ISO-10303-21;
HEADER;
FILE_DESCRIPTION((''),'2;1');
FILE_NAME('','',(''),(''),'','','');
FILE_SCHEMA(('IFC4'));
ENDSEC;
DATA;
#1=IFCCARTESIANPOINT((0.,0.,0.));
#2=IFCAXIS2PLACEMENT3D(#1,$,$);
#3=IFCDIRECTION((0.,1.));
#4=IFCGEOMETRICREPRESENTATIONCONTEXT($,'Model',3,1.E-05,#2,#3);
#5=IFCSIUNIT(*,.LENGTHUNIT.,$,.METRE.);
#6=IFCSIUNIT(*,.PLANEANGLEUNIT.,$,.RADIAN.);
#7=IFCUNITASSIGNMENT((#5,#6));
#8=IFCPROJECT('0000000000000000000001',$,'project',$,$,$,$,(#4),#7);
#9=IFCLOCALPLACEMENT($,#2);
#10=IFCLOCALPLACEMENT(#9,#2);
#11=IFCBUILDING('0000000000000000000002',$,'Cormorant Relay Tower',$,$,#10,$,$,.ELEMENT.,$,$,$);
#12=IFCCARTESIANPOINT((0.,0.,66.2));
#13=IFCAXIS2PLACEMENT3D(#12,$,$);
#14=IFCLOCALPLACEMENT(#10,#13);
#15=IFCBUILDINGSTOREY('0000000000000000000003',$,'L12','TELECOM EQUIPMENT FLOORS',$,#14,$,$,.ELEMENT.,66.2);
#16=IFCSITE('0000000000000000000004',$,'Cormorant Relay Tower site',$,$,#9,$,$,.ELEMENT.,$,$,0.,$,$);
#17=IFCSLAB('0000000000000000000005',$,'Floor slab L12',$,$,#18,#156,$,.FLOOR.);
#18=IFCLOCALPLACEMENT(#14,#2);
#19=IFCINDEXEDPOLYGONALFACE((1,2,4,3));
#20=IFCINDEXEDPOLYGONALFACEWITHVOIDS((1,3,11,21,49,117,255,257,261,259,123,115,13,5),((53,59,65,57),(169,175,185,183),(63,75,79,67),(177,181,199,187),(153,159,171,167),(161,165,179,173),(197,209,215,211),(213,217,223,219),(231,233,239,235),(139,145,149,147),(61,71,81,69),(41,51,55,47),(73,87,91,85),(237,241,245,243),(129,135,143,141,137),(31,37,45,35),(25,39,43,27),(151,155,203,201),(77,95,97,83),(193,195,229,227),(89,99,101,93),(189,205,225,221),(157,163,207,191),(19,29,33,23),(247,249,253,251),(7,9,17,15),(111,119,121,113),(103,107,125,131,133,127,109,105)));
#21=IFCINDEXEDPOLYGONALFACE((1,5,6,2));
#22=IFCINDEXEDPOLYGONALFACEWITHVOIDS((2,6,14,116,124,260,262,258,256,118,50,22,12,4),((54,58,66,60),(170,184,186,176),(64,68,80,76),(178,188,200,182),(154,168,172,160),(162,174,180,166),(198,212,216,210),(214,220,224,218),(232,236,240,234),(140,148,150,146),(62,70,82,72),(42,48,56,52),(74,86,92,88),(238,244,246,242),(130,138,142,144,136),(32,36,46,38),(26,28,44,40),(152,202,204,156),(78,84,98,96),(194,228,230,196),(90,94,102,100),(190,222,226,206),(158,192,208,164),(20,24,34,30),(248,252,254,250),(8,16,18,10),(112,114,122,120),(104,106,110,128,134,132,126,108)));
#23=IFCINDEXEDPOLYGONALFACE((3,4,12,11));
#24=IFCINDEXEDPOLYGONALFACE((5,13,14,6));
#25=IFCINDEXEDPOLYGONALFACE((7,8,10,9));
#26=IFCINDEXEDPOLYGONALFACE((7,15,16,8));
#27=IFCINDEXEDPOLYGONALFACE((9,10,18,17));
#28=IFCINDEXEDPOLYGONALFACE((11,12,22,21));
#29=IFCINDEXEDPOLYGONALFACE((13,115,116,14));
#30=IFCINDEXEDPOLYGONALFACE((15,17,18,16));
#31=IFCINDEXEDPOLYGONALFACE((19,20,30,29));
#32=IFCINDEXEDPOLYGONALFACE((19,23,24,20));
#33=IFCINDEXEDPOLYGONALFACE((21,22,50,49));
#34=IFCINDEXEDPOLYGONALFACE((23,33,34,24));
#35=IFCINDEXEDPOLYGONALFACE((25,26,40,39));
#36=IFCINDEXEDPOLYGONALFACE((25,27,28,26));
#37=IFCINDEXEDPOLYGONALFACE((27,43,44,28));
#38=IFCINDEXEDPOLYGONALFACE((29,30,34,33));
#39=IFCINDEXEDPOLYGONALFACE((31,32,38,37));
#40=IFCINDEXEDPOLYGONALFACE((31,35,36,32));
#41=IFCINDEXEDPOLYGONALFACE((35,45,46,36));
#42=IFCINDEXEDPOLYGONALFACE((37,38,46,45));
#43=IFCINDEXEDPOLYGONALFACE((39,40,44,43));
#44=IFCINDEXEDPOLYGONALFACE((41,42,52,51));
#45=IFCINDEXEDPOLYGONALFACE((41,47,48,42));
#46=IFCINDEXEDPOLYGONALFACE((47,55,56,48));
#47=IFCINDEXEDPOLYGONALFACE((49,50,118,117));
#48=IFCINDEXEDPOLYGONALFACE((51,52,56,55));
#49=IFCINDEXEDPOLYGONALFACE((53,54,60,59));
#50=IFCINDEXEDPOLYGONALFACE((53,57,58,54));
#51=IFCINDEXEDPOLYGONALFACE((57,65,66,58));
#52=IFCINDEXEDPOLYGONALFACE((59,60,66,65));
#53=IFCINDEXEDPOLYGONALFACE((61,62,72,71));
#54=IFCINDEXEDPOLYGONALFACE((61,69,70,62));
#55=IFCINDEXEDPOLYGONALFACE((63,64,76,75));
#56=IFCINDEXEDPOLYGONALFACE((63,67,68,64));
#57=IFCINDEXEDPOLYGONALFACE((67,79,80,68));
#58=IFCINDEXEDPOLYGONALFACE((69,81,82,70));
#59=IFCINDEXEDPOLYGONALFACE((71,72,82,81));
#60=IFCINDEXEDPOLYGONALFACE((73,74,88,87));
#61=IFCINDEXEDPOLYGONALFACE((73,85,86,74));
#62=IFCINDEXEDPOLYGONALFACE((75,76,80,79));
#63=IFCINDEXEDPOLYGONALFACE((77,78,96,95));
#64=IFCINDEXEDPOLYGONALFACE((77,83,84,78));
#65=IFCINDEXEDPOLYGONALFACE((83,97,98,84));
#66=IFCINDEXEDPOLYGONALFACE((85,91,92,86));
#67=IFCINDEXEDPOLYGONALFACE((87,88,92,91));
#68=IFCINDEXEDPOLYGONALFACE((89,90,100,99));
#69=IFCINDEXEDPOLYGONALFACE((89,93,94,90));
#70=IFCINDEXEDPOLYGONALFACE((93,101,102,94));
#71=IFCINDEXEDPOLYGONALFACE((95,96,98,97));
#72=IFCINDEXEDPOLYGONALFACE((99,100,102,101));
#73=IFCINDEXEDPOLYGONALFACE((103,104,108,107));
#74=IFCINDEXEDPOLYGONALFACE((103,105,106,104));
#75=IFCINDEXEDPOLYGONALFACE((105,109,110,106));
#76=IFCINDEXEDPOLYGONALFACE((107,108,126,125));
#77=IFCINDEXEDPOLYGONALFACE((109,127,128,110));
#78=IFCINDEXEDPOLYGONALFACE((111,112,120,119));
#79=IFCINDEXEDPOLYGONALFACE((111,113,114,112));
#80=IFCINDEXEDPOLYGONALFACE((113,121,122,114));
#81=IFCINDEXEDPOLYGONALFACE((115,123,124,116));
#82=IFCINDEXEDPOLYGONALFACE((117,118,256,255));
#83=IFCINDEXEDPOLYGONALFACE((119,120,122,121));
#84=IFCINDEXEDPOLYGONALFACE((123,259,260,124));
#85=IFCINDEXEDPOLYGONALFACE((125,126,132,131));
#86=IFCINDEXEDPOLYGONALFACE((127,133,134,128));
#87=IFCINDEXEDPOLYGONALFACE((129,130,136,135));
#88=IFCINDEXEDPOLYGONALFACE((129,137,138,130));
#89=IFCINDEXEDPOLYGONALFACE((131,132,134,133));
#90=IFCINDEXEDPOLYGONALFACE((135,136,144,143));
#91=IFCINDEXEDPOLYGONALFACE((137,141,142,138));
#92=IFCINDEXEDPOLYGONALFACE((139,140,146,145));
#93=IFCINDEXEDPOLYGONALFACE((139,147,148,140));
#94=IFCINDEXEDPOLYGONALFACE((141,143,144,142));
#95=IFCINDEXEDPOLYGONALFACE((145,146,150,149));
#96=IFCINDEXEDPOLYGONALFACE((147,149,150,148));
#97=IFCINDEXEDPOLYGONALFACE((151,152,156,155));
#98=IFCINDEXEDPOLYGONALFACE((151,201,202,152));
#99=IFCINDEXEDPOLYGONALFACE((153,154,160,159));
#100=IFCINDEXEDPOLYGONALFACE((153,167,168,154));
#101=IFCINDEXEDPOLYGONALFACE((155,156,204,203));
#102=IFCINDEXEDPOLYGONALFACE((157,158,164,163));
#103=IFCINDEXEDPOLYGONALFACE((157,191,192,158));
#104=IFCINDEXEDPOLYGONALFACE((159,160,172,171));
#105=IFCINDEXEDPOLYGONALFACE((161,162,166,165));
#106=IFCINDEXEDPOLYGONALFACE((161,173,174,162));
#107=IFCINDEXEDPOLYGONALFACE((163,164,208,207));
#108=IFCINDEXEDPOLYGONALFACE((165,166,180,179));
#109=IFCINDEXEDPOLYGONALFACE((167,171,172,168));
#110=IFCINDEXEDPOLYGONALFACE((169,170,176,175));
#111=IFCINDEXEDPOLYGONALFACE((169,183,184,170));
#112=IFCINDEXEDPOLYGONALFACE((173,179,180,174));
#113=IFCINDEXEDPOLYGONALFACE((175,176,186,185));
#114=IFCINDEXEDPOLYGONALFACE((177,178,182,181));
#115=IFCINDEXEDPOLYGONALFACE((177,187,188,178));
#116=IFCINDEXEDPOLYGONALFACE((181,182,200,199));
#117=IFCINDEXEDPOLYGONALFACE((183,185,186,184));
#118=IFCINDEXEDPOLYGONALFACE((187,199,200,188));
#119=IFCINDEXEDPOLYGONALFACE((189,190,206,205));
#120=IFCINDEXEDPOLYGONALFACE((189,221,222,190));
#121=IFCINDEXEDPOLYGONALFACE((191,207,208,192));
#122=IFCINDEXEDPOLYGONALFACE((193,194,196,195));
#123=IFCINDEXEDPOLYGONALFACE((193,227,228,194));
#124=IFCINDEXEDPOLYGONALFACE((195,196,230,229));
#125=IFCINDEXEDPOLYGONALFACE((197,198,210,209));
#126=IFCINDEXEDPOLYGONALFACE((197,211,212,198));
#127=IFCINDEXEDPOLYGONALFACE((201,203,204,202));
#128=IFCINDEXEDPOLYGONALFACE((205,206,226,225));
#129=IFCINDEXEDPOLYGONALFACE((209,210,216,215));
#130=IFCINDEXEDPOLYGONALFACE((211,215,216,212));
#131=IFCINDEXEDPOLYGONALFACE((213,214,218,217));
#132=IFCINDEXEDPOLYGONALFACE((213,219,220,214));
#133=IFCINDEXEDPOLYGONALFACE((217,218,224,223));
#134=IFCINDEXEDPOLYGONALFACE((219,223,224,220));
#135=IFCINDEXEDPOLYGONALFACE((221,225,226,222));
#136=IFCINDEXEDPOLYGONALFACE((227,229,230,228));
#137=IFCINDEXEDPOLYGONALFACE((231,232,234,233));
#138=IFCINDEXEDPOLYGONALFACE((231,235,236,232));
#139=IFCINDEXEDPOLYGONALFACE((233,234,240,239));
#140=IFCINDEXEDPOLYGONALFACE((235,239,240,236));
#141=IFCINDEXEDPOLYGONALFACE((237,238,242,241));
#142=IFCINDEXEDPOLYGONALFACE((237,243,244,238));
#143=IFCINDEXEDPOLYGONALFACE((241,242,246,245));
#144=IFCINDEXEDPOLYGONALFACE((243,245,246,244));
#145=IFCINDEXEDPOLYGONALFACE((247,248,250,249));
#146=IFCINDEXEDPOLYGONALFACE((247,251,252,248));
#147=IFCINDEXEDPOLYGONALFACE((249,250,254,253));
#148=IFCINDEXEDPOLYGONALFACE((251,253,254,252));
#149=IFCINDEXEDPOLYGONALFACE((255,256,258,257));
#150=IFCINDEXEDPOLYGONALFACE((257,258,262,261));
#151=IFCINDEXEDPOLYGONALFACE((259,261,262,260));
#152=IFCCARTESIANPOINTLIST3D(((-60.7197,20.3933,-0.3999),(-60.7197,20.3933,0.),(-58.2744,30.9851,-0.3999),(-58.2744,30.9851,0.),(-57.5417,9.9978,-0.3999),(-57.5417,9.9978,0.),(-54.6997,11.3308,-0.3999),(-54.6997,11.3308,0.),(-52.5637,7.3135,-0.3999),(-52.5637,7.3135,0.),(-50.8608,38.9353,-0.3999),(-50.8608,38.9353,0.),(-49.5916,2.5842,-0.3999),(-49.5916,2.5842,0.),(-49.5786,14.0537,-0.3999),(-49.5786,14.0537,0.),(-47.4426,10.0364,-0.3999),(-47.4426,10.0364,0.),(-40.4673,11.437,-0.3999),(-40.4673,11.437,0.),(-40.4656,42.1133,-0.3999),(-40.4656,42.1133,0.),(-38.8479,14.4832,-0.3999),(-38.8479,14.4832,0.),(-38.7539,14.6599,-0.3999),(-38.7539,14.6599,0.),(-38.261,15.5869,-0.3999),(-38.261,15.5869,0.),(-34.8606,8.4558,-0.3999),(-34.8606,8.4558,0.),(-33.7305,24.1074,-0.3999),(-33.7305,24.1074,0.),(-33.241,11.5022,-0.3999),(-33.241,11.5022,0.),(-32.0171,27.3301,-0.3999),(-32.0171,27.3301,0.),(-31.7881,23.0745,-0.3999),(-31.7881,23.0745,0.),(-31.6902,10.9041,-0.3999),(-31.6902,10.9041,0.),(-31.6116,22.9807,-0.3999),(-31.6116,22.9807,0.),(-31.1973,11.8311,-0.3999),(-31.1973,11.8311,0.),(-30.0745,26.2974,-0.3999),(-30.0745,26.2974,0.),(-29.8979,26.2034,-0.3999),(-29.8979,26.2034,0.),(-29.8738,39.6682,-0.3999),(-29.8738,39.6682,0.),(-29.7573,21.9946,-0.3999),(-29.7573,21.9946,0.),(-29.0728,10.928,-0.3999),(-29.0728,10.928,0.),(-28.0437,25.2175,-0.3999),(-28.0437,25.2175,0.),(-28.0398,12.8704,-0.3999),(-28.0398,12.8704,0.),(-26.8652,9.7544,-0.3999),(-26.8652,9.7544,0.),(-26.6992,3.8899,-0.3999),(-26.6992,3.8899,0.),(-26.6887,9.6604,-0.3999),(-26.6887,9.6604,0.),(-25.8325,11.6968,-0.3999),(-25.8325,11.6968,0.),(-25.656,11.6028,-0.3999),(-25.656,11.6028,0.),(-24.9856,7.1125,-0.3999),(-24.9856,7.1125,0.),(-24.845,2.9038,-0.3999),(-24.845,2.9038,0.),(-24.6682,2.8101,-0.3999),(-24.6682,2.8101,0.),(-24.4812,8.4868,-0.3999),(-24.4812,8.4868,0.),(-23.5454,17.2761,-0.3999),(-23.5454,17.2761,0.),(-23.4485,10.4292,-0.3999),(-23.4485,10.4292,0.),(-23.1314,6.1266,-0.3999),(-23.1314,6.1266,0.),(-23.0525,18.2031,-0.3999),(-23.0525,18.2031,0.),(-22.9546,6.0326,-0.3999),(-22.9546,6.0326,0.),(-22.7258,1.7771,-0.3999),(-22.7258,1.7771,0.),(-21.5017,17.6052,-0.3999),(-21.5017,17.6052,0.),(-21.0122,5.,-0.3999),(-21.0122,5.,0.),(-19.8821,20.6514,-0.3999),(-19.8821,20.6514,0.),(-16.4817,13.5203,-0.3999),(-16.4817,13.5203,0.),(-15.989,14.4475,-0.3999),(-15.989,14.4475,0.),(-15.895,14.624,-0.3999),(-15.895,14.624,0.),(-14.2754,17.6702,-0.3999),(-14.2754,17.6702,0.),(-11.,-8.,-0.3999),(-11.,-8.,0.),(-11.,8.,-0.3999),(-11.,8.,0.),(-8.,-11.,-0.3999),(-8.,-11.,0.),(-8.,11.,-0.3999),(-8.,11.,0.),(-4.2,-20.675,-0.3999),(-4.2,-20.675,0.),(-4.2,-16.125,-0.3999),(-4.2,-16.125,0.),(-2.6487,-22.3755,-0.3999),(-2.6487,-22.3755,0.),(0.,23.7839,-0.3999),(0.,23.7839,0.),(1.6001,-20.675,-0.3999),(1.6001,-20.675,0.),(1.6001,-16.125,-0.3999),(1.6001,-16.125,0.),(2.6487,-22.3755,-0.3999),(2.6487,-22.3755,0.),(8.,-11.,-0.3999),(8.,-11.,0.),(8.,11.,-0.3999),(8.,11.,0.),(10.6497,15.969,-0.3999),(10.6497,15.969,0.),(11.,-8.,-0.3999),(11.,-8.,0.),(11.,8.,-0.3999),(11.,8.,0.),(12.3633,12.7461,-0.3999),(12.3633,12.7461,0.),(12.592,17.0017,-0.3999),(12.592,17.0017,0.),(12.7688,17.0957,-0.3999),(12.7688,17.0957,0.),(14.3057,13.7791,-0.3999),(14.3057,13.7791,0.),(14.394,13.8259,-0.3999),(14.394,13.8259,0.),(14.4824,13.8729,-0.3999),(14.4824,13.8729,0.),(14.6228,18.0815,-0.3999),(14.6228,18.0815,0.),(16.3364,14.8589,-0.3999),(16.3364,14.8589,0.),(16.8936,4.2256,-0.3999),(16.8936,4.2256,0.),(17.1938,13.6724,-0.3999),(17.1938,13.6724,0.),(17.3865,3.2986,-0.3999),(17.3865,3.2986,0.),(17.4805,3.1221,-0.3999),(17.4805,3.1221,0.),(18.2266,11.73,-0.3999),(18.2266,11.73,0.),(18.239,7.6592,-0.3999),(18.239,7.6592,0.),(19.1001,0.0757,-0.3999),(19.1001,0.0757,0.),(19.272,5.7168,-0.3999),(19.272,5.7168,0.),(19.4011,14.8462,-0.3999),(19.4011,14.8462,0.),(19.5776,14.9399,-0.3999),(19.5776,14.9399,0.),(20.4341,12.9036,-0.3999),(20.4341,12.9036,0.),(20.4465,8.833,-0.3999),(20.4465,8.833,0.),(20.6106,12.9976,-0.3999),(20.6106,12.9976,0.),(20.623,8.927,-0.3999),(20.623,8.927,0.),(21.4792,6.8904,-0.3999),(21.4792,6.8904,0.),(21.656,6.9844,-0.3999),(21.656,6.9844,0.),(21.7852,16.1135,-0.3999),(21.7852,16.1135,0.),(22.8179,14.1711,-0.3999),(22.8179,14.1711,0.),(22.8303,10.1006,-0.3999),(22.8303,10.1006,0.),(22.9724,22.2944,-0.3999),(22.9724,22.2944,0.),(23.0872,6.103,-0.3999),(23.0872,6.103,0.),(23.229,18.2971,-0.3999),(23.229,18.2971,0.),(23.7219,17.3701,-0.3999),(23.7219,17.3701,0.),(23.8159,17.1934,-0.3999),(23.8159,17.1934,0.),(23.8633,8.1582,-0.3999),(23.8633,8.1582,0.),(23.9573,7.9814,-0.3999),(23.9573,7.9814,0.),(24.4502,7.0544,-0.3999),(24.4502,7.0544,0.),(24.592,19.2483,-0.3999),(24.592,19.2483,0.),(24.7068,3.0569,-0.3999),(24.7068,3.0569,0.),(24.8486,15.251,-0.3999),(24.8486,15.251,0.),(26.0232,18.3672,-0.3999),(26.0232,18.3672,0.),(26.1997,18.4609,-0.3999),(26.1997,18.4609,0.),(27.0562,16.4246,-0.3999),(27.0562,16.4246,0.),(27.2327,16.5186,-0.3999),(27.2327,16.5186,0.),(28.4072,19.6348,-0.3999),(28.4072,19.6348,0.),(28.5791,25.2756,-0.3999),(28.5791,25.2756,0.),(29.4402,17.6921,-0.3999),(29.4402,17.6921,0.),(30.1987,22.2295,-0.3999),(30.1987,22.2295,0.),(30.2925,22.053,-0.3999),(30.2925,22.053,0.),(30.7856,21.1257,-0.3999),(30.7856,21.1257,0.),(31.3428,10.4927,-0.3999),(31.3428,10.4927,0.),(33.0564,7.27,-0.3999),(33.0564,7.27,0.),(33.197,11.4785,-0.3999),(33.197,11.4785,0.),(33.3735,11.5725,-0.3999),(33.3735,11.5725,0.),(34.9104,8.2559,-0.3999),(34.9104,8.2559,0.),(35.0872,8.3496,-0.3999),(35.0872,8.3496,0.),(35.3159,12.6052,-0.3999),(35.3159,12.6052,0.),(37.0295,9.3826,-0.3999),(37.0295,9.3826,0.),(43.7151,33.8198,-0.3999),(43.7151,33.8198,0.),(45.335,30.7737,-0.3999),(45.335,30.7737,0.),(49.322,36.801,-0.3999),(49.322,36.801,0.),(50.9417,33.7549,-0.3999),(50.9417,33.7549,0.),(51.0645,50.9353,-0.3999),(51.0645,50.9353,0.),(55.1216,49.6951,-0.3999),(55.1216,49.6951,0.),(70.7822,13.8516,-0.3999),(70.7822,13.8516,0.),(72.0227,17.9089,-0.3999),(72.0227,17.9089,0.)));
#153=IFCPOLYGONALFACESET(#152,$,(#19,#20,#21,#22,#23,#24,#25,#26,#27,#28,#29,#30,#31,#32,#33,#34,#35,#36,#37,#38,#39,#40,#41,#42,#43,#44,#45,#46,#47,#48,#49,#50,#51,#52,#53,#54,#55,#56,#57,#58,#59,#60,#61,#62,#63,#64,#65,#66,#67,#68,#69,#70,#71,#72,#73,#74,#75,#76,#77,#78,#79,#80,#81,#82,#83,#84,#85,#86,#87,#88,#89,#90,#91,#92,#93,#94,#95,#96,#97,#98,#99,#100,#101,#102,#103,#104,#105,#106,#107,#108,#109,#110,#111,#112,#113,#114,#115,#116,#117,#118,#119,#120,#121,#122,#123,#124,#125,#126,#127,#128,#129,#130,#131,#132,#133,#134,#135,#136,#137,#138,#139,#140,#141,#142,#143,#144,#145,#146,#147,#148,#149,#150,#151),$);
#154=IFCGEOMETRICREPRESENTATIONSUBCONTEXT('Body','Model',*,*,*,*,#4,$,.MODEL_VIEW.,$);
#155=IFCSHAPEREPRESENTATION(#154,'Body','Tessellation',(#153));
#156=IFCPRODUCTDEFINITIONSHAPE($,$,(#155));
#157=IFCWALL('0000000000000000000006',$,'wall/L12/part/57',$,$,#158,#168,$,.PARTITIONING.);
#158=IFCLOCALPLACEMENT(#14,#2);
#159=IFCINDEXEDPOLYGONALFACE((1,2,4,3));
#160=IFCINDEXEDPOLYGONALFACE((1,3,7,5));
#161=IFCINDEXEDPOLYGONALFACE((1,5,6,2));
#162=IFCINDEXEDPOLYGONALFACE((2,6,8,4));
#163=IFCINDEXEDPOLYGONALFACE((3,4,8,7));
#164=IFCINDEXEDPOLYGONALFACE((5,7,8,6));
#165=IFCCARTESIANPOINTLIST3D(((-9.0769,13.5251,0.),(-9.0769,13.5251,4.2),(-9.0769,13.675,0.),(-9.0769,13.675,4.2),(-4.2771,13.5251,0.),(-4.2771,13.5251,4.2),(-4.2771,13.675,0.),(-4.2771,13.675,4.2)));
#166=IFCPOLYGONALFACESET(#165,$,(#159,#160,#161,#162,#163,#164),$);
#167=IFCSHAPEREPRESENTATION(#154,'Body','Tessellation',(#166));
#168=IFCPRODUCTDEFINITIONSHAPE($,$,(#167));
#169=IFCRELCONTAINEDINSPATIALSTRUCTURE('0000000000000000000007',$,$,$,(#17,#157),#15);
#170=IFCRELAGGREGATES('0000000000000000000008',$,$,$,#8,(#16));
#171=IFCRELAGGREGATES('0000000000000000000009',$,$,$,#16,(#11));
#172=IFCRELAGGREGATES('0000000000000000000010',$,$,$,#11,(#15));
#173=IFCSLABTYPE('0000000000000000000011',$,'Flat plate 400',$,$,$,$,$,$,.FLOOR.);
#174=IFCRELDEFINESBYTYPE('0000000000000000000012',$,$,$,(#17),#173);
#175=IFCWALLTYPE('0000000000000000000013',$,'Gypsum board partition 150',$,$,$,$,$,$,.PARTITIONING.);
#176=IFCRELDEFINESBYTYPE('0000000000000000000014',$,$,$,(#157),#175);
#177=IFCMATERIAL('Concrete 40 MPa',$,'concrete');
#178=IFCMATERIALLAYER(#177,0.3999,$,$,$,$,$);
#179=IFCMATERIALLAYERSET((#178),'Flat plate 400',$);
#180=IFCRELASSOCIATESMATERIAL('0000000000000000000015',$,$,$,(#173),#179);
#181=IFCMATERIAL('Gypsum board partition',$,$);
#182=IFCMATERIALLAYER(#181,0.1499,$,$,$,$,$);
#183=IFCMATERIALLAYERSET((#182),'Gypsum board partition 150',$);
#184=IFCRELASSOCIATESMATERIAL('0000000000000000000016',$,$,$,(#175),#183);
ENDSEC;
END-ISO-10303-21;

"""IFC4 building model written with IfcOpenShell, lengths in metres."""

from ifc_helpers import new_model, si_unit, direction, frame, frame_2d, origin, place, context, subcontext, project, spatial, polyline, rectangle, outline, extrude, material, layer, layer_set, type_object, element, save


model = new_model("IFC4")

# Units and contexts
model_context = context("Model", 3, precision=1e-05, world=origin(), true_north=direction((0.0, 1.0)))
body_context = subcontext(model_context, "Body", "Model", "MODEL_VIEW")
ifc_project = project(units=[si_unit("LENGTHUNIT", "METRE"), si_unit("PLANEANGLEUNIT", "RADIAN")], contexts=[model_context])

# Site, building, storey
site_placement = place(None, origin())
site = spatial("IfcSite", under=ifc_project, at=site_placement, Name="Cormorant Relay Tower site", CompositionType="ELEMENT", RefElevation=0.0)
building_placement = place(site_placement, origin())
building = spatial("IfcBuilding", under=site, at=building_placement, Name="Cormorant Relay Tower", CompositionType="ELEMENT")
storey_placement = place(building_placement, frame((0.0, 0.0, 66.2)))
storey = spatial("IfcBuildingStorey", under=building, at=storey_placement, Name="L12", Description="TELECOM EQUIPMENT FLOORS", CompositionType="ELEMENT", Elevation=66.2)

# Slab
ifc_material_1 = material(Name="Concrete 40 MPa", Category="concrete")
ifc_layer_1 = layer(ifc_material_1, 0.3999)
ifc_layer_set_1 = layer_set([ifc_layer_1], Name="Flat plate 400")
slab_type_1 = type_object("IfcSlabType", Name="Flat plate 400", PredefinedType="FLOOR", material=ifc_layer_set_1)
slab_1_placement = place(storey_placement, frame((0.0, 0.0, -0.3999)))
element("IfcSlab", 1, at=slab_1_placement, inside=storey, type_object=slab_type_1, Name="Floor slab L12", PredefinedType="FLOOR", context=body_context, shape_type="SweptSolid", body=[
    extrude(outline(polyline([(-60.7197, 20.3933), (-58.2744, 30.9851), (-50.8608, 38.9353), (-40.4656, 42.1133), (-29.8738, 39.6682), (0.0, 23.7839), (51.0645, 50.9353), (55.1216, 49.6951), (72.0227, 17.9089), (70.7822, 13.8516), (2.6487, -22.3755), (-2.6487, -22.3755), (-49.5916, 2.5842), (-57.5417, 9.9978), (-60.7197, 20.3933)]), holes=[polyline([(11.0, -8.0), (11.0, 8.0), (8.0, 11.0), (-8.0, 11.0), (-11.0, 8.0), (-11.0, -8.0), (-8.0, -11.0), (8.0, -11.0), (11.0, -8.0)]), polyline([(-4.2, -16.125), (-4.2, -20.675), (1.6001, -20.675), (1.6001, -16.125), (-4.2, -16.125)]), polyline([(-22.9546, 6.0327), (-24.6682, 2.8101), (-22.7258, 1.7771), (-21.0122, 5.0), (-23.043, 6.0796), (-22.9546, 6.0327)]), polyline([(-24.9856, 7.1125), (-26.6992, 3.8899), (-24.845, 2.9038), (-23.1313, 6.1267), (-23.043, 6.0796), (-24.9856, 7.1125)]), polyline([(-26.6887, 9.6604), (-24.4812, 8.4868), (-23.4485, 10.4292), (-25.656, 11.6028), (-26.6887, 9.6604)]), polyline([(-49.5786, 14.0537), (-54.6997, 11.3308), (-52.5637, 7.3135), (-47.4426, 10.0364), (-49.5786, 14.0537)]), polyline([(-28.0398, 12.8704), (-29.0728, 10.928), (-26.8652, 9.7544), (-25.8325, 11.6968), (-28.0398, 12.8704)]), polyline([(-38.8479, 14.4832), (-40.4673, 11.437), (-34.8606, 8.4558), (-33.241, 11.5022), (-38.8479, 14.4832)]), polyline([(-38.261, 15.5869), (-38.7539, 14.6599), (-31.6902, 10.9041), (-31.1973, 11.8311), (-38.261, 15.5869)]), polyline([(14.3057, 13.7791), (12.592, 17.0017), (10.6497, 15.969), (12.3633, 12.7461), (14.394, 13.8259), (14.3057, 13.7791)]), polyline([(16.3364, 14.8589), (14.6228, 18.0815), (12.7688, 17.0957), (14.4824, 13.8728), (14.394, 13.8259), (16.3364, 14.8589)]), polyline([(-16.4817, 13.5203), (-15.989, 14.4475), (-23.0525, 18.2031), (-23.5454, 17.2761), (-16.4817, 13.5203)]), polyline([(-21.5017, 17.6052), (-15.895, 14.624), (-14.2754, 17.6702), (-19.8821, 20.6514), (-21.5017, 17.6052)]), polyline([(-31.6116, 22.9807), (-29.7573, 21.9946), (-28.0437, 25.2175), (-29.8979, 26.2034), (-31.6116, 22.9807)]), polyline([(-33.7305, 24.1074), (-31.7881, 23.0745), (-30.0745, 26.2974), (-32.0171, 27.3301), (-33.7305, 24.1074)]), polyline([(23.0872, 6.103), (17.4805, 3.1221), (19.1001, 0.0757), (24.7068, 3.0569), (23.0872, 6.103)]), polyline([(16.8936, 4.2256), (17.3865, 3.2986), (24.4502, 7.0544), (23.9573, 7.9814), (16.8936, 4.2256)]), polyline([(20.4465, 8.833), (18.239, 7.6592), (19.272, 5.7168), (21.4792, 6.8904), (20.4465, 8.833)]), polyline([(22.8303, 10.1006), (20.623, 8.927), (21.656, 6.9844), (23.8633, 8.1582), (22.8303, 10.1006)]), polyline([(33.197, 11.4785), (31.3428, 10.4927), (33.0564, 7.27), (34.9104, 8.2559), (33.197, 11.4785)]), polyline([(33.3735, 11.5725), (35.0872, 8.3496), (37.0295, 9.3826), (35.3159, 12.6052), (33.3735, 11.5725)]), polyline([(19.4011, 14.8462), (17.1938, 13.6724), (18.2266, 11.73), (20.4341, 12.9036), (19.4011, 14.8462)]), polyline([(22.8179, 14.1711), (21.7852, 16.1135), (19.5776, 14.9399), (20.6106, 12.9976), (22.8179, 14.1711)]), polyline([(26.0232, 18.3672), (23.8159, 17.1934), (24.8486, 15.251), (27.0562, 16.4246), (26.0232, 18.3672)]), polyline([(29.4402, 17.6921), (28.4072, 19.6348), (26.1997, 18.4609), (27.2327, 16.5186), (29.4402, 17.6921)]), polyline([(30.7856, 21.1257), (30.2925, 22.053), (23.229, 18.2971), (23.7219, 17.3701), (30.7856, 21.1257)]), polyline([(24.592, 19.2483), (30.1987, 22.2295), (28.5791, 25.2756), (22.9724, 22.2944), (24.592, 19.2483)]), polyline([(45.335, 30.7737), (50.9417, 33.7549), (49.322, 36.801), (43.7151, 33.8198), (45.335, 30.7737)])]), origin(), (0.0, 0.0, 1.0), 0.3999),
])

# Wall
ifc_material_2 = material(Name="Gypsum board partition")
ifc_layer_2 = layer(ifc_material_2, 0.1499)
ifc_layer_set_2 = layer_set([ifc_layer_2], Name="Gypsum board partition 150")
wall_type = type_object("IfcWallType", Name="Gypsum board partition 150", PredefinedType="PARTITIONING", material=ifc_layer_set_2)
wall_1_placement = place(storey_placement, frame((-4.2771, 13.6001, 0.0), z_axis=(0.0, 0.0, 1.0), x_axis=(-1.0, 0.0, 0.0)))
element("IfcWall", 2, at=wall_1_placement, inside=storey, type_object=wall_type, Name="wall/L12/part/57", PredefinedType="PARTITIONING", context=body_context, shape_type="SweptSolid", body=[
    extrude(rectangle(XDim=4.7998, YDim=0.1499, at=frame_2d((2.3999, 0.0))), origin(), (0.0, 0.0, 1.0), 4.2),
])

save(model, "model.ifc")
